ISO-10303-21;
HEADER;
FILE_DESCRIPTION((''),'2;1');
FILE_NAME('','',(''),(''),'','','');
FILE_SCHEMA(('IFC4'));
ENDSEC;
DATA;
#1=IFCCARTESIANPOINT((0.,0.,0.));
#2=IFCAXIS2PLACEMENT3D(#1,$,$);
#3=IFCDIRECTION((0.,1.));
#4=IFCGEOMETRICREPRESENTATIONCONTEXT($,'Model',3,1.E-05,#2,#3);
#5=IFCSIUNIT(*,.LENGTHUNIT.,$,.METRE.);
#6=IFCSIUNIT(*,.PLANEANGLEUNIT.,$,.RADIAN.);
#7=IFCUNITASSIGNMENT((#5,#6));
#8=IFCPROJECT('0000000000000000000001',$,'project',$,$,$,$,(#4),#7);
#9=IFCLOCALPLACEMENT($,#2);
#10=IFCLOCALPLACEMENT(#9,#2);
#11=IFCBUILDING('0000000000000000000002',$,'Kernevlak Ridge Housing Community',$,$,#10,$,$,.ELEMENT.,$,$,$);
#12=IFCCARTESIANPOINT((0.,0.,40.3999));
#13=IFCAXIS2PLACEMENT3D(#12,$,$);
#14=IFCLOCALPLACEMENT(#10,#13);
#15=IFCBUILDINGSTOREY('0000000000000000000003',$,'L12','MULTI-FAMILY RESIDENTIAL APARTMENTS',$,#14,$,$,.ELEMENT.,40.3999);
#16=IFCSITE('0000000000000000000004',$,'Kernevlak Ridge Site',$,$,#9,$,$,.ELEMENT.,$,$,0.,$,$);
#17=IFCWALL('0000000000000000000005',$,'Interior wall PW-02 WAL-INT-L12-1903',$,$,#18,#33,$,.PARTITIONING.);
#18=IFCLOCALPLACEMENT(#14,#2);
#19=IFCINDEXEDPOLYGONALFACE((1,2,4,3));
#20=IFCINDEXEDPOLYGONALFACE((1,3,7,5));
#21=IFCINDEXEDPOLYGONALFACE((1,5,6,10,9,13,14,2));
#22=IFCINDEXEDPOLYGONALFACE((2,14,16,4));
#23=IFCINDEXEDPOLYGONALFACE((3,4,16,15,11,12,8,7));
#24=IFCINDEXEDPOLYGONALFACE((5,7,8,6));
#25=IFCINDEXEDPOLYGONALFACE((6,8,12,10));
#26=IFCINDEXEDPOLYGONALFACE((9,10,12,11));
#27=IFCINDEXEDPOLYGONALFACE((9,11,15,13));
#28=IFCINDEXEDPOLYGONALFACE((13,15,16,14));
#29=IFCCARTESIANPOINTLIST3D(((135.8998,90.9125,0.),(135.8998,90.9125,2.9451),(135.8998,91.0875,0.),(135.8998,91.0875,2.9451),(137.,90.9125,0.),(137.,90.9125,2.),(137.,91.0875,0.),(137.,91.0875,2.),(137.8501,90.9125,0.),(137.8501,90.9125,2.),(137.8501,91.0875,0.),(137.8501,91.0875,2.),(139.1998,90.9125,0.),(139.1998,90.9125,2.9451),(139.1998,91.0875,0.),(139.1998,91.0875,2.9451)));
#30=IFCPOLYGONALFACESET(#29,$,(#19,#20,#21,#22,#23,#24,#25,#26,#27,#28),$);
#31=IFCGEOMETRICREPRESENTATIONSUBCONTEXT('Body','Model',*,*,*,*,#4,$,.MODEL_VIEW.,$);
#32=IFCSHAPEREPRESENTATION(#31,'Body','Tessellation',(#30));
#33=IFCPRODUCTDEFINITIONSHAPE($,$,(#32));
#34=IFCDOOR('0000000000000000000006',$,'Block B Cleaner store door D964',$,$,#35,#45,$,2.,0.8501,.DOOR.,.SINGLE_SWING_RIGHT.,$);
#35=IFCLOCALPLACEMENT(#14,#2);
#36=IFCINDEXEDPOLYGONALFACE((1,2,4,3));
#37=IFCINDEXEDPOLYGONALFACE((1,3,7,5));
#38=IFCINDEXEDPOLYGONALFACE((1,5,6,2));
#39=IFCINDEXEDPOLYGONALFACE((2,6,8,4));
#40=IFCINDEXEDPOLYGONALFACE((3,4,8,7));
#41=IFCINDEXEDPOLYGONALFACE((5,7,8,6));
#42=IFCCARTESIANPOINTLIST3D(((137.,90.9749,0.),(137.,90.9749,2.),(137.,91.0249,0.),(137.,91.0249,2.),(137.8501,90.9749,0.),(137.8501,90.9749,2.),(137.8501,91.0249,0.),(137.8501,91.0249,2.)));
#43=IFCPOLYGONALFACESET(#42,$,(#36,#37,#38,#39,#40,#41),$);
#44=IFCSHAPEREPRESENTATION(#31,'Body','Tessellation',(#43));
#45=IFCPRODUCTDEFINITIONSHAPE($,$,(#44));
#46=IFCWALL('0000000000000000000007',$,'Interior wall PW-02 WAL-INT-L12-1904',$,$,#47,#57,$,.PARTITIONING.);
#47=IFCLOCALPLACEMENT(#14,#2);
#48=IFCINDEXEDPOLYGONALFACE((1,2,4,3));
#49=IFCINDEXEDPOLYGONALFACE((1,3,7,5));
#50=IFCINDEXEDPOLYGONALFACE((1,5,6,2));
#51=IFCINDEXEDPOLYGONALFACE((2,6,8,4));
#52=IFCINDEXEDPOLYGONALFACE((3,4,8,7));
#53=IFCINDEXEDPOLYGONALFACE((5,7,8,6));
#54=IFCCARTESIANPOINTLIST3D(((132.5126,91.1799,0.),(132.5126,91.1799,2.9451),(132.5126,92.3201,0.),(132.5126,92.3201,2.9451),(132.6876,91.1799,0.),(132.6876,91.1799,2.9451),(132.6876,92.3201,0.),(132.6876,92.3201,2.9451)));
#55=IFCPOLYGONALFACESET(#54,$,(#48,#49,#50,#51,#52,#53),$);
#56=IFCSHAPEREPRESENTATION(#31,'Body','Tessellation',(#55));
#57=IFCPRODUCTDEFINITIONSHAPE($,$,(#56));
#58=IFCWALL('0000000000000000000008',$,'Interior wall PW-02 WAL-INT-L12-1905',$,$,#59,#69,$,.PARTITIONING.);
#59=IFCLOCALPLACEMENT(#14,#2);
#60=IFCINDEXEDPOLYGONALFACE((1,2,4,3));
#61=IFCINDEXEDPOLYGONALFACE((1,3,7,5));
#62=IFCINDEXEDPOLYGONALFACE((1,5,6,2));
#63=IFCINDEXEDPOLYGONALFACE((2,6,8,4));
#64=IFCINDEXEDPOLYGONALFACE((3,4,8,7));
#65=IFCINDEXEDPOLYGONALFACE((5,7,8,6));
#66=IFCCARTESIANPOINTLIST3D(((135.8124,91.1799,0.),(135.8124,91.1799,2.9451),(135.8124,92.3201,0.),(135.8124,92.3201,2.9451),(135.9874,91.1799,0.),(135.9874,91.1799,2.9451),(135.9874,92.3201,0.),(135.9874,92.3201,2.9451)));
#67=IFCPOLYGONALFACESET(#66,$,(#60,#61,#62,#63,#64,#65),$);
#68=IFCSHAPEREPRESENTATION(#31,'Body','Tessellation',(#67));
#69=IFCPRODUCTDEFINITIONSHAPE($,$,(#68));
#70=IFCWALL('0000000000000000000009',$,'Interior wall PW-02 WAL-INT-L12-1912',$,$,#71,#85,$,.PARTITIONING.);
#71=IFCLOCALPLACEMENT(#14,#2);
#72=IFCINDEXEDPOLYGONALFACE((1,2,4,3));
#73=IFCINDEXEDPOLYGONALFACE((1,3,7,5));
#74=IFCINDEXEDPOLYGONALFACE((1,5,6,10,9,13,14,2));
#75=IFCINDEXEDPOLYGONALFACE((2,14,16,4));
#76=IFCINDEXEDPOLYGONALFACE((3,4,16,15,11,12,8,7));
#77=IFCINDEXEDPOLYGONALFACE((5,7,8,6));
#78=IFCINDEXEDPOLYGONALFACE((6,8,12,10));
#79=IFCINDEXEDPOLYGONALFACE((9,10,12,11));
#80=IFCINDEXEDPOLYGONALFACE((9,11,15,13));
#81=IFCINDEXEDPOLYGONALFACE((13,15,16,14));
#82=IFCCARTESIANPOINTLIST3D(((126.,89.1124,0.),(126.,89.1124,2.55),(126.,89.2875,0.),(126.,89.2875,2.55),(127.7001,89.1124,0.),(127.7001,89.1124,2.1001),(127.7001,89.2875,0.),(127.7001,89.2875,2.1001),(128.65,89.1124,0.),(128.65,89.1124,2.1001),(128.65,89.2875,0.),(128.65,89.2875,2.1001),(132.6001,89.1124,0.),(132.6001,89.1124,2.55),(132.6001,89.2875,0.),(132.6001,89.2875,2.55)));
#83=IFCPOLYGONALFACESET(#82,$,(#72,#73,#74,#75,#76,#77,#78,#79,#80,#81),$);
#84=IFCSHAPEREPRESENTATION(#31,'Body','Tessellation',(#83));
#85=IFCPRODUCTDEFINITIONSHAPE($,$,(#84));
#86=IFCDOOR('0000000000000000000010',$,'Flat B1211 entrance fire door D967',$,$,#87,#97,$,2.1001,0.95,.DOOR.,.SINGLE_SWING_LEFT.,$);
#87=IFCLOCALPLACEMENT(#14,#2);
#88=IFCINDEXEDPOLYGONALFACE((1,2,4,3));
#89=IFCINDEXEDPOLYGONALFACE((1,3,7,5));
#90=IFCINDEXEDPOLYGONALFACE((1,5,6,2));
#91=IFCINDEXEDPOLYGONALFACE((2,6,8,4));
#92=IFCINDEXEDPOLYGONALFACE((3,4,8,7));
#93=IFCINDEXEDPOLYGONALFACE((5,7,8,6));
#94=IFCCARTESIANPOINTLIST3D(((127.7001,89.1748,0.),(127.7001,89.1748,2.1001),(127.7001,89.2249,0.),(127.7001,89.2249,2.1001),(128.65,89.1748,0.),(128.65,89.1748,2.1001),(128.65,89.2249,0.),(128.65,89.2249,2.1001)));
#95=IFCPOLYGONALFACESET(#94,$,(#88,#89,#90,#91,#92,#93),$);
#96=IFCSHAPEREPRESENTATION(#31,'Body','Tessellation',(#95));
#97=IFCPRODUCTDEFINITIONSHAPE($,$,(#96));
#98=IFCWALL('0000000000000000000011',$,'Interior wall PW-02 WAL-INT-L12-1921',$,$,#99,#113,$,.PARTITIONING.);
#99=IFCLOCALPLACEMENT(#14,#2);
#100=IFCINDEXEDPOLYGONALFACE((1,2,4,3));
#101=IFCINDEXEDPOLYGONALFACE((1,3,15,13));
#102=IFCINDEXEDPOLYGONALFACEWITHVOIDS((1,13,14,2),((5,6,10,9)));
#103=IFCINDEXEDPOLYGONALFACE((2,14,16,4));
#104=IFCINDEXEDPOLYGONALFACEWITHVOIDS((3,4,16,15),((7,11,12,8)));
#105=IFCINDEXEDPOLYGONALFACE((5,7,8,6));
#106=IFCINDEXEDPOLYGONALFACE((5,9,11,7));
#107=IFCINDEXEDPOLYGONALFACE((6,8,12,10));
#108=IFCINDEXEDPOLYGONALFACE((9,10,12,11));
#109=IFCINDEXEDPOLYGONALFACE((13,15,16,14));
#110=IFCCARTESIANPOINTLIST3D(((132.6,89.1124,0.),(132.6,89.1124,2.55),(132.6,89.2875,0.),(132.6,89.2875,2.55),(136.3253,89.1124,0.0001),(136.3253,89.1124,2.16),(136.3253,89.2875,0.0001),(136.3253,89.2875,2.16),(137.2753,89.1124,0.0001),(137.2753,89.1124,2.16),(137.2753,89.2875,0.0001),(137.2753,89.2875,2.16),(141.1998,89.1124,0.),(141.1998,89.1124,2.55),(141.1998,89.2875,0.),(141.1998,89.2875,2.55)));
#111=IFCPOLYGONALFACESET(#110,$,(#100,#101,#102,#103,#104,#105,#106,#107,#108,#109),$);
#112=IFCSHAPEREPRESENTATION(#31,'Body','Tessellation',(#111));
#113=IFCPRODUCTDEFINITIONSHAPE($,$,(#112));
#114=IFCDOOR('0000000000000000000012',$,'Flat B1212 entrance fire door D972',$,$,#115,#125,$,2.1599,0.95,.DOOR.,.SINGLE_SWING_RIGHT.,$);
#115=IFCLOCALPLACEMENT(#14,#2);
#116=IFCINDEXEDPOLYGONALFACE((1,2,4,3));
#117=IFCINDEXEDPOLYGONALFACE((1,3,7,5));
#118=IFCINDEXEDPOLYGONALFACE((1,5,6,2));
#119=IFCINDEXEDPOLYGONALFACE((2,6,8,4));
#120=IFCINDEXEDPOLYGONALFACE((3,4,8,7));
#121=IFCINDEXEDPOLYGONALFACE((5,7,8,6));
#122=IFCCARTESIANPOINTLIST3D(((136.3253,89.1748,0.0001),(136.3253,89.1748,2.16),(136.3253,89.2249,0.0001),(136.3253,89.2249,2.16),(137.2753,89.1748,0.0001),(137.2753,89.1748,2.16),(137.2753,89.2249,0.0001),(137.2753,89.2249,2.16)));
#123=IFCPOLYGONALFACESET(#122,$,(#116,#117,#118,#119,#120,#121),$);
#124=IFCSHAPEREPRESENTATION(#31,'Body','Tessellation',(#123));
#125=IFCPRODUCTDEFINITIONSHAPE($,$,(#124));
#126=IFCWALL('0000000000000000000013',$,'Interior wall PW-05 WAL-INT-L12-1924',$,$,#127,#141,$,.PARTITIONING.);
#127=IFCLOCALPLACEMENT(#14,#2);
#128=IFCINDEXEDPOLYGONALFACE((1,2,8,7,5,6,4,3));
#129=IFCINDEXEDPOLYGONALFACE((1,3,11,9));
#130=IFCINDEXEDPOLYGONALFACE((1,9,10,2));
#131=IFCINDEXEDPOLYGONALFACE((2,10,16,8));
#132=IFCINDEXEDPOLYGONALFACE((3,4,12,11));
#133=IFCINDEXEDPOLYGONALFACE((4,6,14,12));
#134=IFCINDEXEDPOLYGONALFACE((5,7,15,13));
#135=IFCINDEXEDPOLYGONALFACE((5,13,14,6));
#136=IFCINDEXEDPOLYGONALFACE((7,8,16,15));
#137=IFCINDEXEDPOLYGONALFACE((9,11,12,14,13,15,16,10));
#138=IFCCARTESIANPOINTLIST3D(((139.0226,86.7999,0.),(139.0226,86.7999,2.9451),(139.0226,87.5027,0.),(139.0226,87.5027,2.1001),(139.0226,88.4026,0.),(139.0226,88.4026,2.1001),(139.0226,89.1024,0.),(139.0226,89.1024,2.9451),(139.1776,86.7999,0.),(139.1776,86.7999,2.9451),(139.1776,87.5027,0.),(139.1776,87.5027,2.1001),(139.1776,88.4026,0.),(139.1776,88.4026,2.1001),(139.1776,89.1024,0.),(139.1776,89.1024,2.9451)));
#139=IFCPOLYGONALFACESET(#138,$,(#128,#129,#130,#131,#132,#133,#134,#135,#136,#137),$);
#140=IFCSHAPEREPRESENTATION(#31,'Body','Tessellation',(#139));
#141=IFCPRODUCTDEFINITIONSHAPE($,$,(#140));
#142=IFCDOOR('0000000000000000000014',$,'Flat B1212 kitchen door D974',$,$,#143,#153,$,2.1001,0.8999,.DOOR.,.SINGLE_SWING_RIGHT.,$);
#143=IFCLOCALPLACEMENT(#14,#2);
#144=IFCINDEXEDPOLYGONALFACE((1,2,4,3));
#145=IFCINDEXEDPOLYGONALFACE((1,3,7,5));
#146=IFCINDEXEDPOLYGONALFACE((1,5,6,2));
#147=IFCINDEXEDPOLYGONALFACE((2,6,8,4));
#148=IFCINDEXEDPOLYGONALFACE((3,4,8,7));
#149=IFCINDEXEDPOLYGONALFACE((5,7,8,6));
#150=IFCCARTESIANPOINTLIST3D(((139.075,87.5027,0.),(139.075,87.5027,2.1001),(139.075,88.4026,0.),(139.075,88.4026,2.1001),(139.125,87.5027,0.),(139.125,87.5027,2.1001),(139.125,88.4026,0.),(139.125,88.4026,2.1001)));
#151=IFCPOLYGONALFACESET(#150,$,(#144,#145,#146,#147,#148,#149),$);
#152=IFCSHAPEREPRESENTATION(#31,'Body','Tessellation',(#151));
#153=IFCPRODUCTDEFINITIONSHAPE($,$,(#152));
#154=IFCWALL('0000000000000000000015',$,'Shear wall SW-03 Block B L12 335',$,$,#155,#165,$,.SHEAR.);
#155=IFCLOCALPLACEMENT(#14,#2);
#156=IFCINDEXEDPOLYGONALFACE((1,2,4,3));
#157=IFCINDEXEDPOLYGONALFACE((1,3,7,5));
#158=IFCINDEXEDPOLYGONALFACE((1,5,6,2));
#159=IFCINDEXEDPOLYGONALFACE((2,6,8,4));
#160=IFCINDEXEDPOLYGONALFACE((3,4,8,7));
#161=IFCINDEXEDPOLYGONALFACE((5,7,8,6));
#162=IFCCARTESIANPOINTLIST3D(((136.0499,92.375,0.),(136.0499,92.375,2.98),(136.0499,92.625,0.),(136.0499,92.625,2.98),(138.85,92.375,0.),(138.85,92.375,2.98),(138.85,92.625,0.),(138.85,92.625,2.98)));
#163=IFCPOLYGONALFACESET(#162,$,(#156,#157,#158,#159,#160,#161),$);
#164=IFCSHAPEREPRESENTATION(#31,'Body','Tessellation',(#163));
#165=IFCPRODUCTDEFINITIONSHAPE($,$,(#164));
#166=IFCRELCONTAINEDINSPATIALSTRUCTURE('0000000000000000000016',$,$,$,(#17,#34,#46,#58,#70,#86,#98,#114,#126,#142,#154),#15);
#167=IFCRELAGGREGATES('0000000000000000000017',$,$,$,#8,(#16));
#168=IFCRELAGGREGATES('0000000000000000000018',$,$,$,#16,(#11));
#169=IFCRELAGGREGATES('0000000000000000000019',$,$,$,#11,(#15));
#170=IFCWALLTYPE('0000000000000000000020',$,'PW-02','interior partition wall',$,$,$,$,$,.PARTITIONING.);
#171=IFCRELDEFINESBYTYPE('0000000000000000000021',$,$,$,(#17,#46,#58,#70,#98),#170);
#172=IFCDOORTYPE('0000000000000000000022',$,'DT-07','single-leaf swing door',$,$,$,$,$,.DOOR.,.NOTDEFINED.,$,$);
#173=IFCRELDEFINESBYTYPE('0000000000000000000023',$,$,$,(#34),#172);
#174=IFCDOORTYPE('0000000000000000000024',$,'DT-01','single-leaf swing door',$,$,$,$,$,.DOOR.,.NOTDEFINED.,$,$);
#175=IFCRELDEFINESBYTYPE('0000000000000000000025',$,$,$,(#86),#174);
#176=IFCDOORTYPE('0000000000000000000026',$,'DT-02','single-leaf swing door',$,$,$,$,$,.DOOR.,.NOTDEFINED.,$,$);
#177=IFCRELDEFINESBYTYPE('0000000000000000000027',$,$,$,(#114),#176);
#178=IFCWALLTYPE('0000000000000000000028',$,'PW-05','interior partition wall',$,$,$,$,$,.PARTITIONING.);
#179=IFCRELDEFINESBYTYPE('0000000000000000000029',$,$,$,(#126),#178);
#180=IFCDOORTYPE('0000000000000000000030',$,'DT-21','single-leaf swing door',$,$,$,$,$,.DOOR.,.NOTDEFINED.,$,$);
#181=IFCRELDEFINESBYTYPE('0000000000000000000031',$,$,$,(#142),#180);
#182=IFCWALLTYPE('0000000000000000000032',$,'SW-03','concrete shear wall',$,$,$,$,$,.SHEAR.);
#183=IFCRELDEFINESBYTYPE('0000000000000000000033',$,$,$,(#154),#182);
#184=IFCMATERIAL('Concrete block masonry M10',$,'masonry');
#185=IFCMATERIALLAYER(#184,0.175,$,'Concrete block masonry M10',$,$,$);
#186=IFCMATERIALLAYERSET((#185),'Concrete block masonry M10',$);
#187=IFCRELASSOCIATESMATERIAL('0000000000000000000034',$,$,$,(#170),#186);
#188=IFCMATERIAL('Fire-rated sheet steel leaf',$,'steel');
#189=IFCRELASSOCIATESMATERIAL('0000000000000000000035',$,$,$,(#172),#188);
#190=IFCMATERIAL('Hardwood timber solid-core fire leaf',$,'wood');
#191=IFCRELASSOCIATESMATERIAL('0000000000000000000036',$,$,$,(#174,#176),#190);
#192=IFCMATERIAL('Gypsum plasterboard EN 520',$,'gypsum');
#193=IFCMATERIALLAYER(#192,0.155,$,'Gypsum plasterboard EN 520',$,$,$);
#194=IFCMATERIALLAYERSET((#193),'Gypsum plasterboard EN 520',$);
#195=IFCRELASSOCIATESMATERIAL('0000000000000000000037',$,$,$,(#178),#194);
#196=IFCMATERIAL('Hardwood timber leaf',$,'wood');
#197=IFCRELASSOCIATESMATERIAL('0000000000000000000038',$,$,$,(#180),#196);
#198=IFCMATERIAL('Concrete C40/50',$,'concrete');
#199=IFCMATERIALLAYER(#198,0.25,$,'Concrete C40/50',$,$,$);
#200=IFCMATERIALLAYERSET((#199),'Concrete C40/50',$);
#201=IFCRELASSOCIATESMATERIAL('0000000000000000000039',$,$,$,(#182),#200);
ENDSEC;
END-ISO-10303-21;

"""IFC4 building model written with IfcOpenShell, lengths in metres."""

from ifc_helpers import new_model, si_unit, direction, frame, frame_2d, origin, place, context, subcontext, project, spatial, rectangle, extrude, material, layer, layer_set, type_object, element, fill, save


model = new_model("IFC4")

# Units and contexts
model_context = context("Model", 3, precision=1e-05, world=origin(), true_north=direction((0.0, 1.0)))
body_context = subcontext(model_context, "Body", "Model", "MODEL_VIEW")
ifc_project = project(units=[si_unit("LENGTHUNIT", "METRE"), si_unit("PLANEANGLEUNIT", "RADIAN")], contexts=[model_context])

# Site, building, storey
site_placement = place(None, origin())
site = spatial("IfcSite", under=ifc_project, at=site_placement, Name="Kernevlak Ridge Site", CompositionType="ELEMENT", RefElevation=0.0)
building_placement = place(site_placement, origin())
building = spatial("IfcBuilding", under=site, at=building_placement, Name="Kernevlak Ridge Housing Community", CompositionType="ELEMENT")
storey_placement = place(building_placement, frame((0.0, 0.0, 40.3999)))
storey = spatial("IfcBuildingStorey", under=building, at=storey_placement, Name="L12", Description="MULTI-FAMILY RESIDENTIAL APARTMENTS", CompositionType="ELEMENT", Elevation=40.3999)

# Wall, opening, door
ifc_material_1 = material(Name="Fire-rated sheet steel leaf", Category="steel")
ifc_material_2 = material(Name="Concrete block masonry M10", Category="masonry")
ifc_layer_1 = layer(ifc_material_2, 0.175, Name="Concrete block masonry M10")
ifc_layer_set_1 = layer_set([ifc_layer_1], Name="Concrete block masonry M10")
wall_type_1 = type_object("IfcWallType", Name="PW-02", Description="interior partition wall", PredefinedType="PARTITIONING", material=ifc_layer_set_1)
wall_1_placement = place(storey_placement, frame((135.8999, 91.0, 0.0), z_axis=(0.0, 0.0, 1.0), x_axis=(1.0, 0.0, 0.0)))
wall_1 = element("IfcWall", 1, at=wall_1_placement, inside=storey, type_object=wall_type_1, Name="Interior wall PW-02 WAL-INT-L12-1903", PredefinedType="PARTITIONING", context=body_context, shape_type="SweptSolid", body=[
    extrude(rectangle(XDim=3.3, YDim=0.175, at=frame_2d((1.6499, 0.0))), origin(), (0.0, 0.0, 1.0), 2.9451),
])
opening_1_placement = place(wall_1_placement, frame((1.1001, 0.0, 0.0)))
opening_1 = element("IfcOpeningElement", 2, at=opening_1_placement, cuts=wall_1, PredefinedType="OPENING", context=body_context, shape_type="SweptSolid", body=[
    extrude(rectangle(XDim=0.8501, YDim=2.0, at=frame_2d((0.425, 1.0))), frame((0.0, 0.0974, 0.0), z_axis=(0.0, -1.0, 0.0), x_axis=(1.0, 0.0, 0.0)), (0.0, 0.0, 1.0), 0.1951),
])
door_type_1 = type_object("IfcDoorType", Name="DT-07", Description="single-leaf swing door", OperationType="NOTDEFINED", PredefinedType="DOOR", material=ifc_material_1)
door_1_placement = place(opening_1_placement, origin())
door_1 = element("IfcDoor", 3, at=door_1_placement, inside=storey, type_object=door_type_1, Name="Block B Cleaner store door D964", OperationType="SINGLE_SWING_RIGHT", OverallHeight=2.0, OverallWidth=0.8501, PredefinedType="DOOR", context=body_context, shape_type="SweptSolid", body=[
    extrude(rectangle(XDim=0.8501, YDim=2.0, at=frame_2d((0.425, 1.0))), frame((0.0, 0.0249, 0.0), z_axis=(0.0, -1.0, 0.0), x_axis=(1.0, 0.0, 0.0)), (0.0, 0.0, 1.0), 0.05),
])
fill(opening_1, door_1)

# Walls
for number, where, z_axis, x_axis, name in (
    (4, (132.6001, 91.1799, 0.0), (0.0, 0.0, 1.0), (0.0, 1.0, 0.0), "Interior wall PW-02 WAL-INT-L12-1904"),
    (5, (135.8999, 91.1799, 0.0), (0.0, 0.0, 1.0), (0.0, 1.0, 0.0), "Interior wall PW-02 WAL-INT-L12-1905"),
):
    element("IfcWall", number, at=place(storey_placement, frame(where, z_axis=z_axis, x_axis=x_axis)), inside=storey, type_object=wall_type_1, Name=name, PredefinedType="PARTITIONING", context=body_context, shape_type="SweptSolid", body=[
        extrude(rectangle(XDim=1.1401, YDim=0.175, at=frame_2d((0.5701, 0.0))), origin(), (0.0, 0.0, 1.0), 2.9451),
    ])

# Walls, openings, doors
wall_2_placement = place(storey_placement, frame((126.0, 89.2, 0.0), z_axis=(0.0, 0.0, 1.0), x_axis=(1.0, 0.0, 0.0)))
wall_2 = element("IfcWall", 6, at=wall_2_placement, inside=storey, type_object=wall_type_1, Name="Interior wall PW-02 WAL-INT-L12-1912", PredefinedType="PARTITIONING", context=body_context, shape_type="SweptSolid", body=[
    extrude(rectangle(XDim=6.6001, YDim=0.175, at=frame_2d((3.3, 0.0))), origin(), (0.0, 0.0, 1.0), 2.55),
])
opening_2_placement = place(wall_2_placement, frame((1.7, 0.0, 0.0)))
opening_2 = element("IfcOpeningElement", 7, at=opening_2_placement, cuts=wall_2, PredefinedType="OPENING", context=body_context, shape_type="SweptSolid", body=[
    extrude(rectangle(XDim=0.95, YDim=2.1001, at=frame_2d((0.4751, 1.05))), frame((0.0, 0.0974, 0.0), z_axis=(0.0, -1.0, 0.0), x_axis=(1.0, 0.0, 0.0)), (0.0, 0.0, 1.0), 0.1951),
])
ifc_material_3 = material(Name="Hardwood timber solid-core fire leaf", Category="wood")
door_type_2 = type_object("IfcDoorType", Name="DT-01", Description="single-leaf swing door", OperationType="NOTDEFINED", PredefinedType="DOOR", material=ifc_material_3)
door_2_placement = place(opening_2_placement, origin())
door_2 = element("IfcDoor", 8, at=door_2_placement, inside=storey, type_object=door_type_2, Name="Flat B1211 entrance fire door D967", OperationType="SINGLE_SWING_LEFT", OverallHeight=2.1001, OverallWidth=0.95, PredefinedType="DOOR", context=body_context, shape_type="SweptSolid", body=[
    extrude(rectangle(XDim=0.95, YDim=2.1001, at=frame_2d((0.4751, 1.05))), frame((0.0, 0.0249, 0.0), z_axis=(0.0, -1.0, 0.0), x_axis=(1.0, 0.0, 0.0)), (0.0, 0.0, 1.0), 0.05),
])
fill(opening_2, door_2)
wall_3_placement = place(storey_placement, frame((132.6001, 89.2, 0.0), z_axis=(0.0, 0.0, 1.0), x_axis=(1.0, 0.0, 0.0)))
wall_3 = element("IfcWall", 9, at=wall_3_placement, inside=storey, type_object=wall_type_1, Name="Interior wall PW-02 WAL-INT-L12-1921", PredefinedType="PARTITIONING", context=body_context, shape_type="SweptSolid", body=[
    extrude(rectangle(XDim=8.5999, YDim=0.175, at=frame_2d((4.2998, 0.0))), origin(), (0.0, 0.0, 1.0), 2.55),
])
opening_3_placement = place(wall_3_placement, frame((3.7251, 0.0, 0.0)))
opening_3 = element("IfcOpeningElement", 10, at=opening_3_placement, cuts=wall_3, PredefinedType="OPENING", context=body_context, shape_type="SweptSolid", body=[
    extrude(rectangle(XDim=0.95, YDim=2.1599, at=frame_2d((0.4751, 1.0801))), frame((0.0, 0.0974, 0.0), z_axis=(0.0, -1.0, 0.0), x_axis=(1.0, 0.0, 0.0)), (0.0, 0.0, 1.0), 0.1951),
])
door_type_3 = type_object("IfcDoorType", Name="DT-02", Description="single-leaf swing door", OperationType="NOTDEFINED", PredefinedType="DOOR", material=ifc_material_3)
door_3_placement = place(opening_3_placement, origin())
door_3 = element("IfcDoor", 11, at=door_3_placement, inside=storey, type_object=door_type_3, Name="Flat B1212 entrance fire door D972", OperationType="SINGLE_SWING_RIGHT", OverallHeight=2.1599, OverallWidth=0.95, PredefinedType="DOOR", context=body_context, shape_type="SweptSolid", body=[
    extrude(rectangle(XDim=0.95, YDim=2.1599, at=frame_2d((0.4751, 1.0801))), frame((0.0, 0.0249, 0.0), z_axis=(0.0, -1.0, 0.0), x_axis=(1.0, 0.0, 0.0)), (0.0, 0.0, 1.0), 0.05),
])
fill(opening_3, door_3)
ifc_material_4 = material(Name="Gypsum plasterboard EN 520", Category="gypsum")
ifc_layer_2 = layer(ifc_material_4, 0.155, Name="Gypsum plasterboard EN 520")
ifc_layer_set_2 = layer_set([ifc_layer_2], Name="Gypsum plasterboard EN 520")
wall_type_2 = type_object("IfcWallType", Name="PW-05", Description="interior partition wall", PredefinedType="PARTITIONING", material=ifc_layer_set_2)
wall_4_placement = place(storey_placement, frame((139.1001, 89.1025, 0.0), z_axis=(0.0, 0.0, 1.0), x_axis=(0.0, -1.0, 0.0)))
wall_4 = element("IfcWall", 12, at=wall_4_placement, inside=storey, type_object=wall_type_2, Name="Interior wall PW-05 WAL-INT-L12-1924", PredefinedType="PARTITIONING", context=body_context, shape_type="SweptSolid", body=[
    extrude(rectangle(XDim=2.3025, YDim=0.155, at=frame_2d((1.1514, 0.0))), origin(), (0.0, 0.0, 1.0), 2.9451),
])
opening_4_placement = place(wall_4_placement, frame((0.7, 0.0, 0.0)))
opening_4 = element("IfcOpeningElement", 13, at=opening_4_placement, cuts=wall_4, PredefinedType="OPENING", context=body_context, shape_type="SweptSolid", body=[
    extrude(rectangle(XDim=0.8999, YDim=2.1001, at=frame_2d((0.45, 1.05))), frame((0.0, 0.0874, 0.0), z_axis=(0.0, -1.0, 0.0), x_axis=(1.0, 0.0, 0.0)), (0.0, 0.0, 1.0), 0.175),
])
ifc_material_5 = material(Name="Hardwood timber leaf", Category="wood")
door_type_4 = type_object("IfcDoorType", Name="DT-21", Description="single-leaf swing door", OperationType="NOTDEFINED", PredefinedType="DOOR", material=ifc_material_5)
door_4_placement = place(opening_4_placement, origin())
door_4 = element("IfcDoor", 14, at=door_4_placement, inside=storey, type_object=door_type_4, Name="Flat B1212 kitchen door D974", OperationType="SINGLE_SWING_RIGHT", OverallHeight=2.1001, OverallWidth=0.8999, PredefinedType="DOOR", context=body_context, shape_type="SweptSolid", body=[
    extrude(rectangle(XDim=0.8999, YDim=2.1001, at=frame_2d((0.45, 1.05))), frame((0.0, 0.0249, 0.0), z_axis=(0.0, -1.0, 0.0), x_axis=(1.0, 0.0, 0.0)), (0.0, 0.0, 1.0), 0.05),
])
fill(opening_4, door_4)

# Wall
ifc_material_6 = material(Name="Concrete C40/50", Category="concrete")
ifc_layer_3 = layer(ifc_material_6, 0.25, Name="Concrete C40/50")
ifc_layer_set_3 = layer_set([ifc_layer_3], Name="Concrete C40/50")
wall_type_3 = type_object("IfcWallType", Name="SW-03", Description="concrete shear wall", PredefinedType="SHEAR", material=ifc_layer_set_3)
wall_5_placement = place(storey_placement, frame((136.05, 92.5, 0.0), z_axis=(0.0, 0.0, 1.0), x_axis=(1.0, 0.0, 0.0)))
element("IfcWall", 15, at=wall_5_placement, inside=storey, type_object=wall_type_3, Name="Shear wall SW-03 Block B L12 335", PredefinedType="SHEAR", context=body_context, shape_type="SweptSolid", body=[
    extrude(rectangle(XDim=2.8, YDim=0.25, at=frame_2d((1.3999, 0.0))), origin(), (0.0, 0.0, 1.0), 2.98),
])

save(model, "model.ifc")
